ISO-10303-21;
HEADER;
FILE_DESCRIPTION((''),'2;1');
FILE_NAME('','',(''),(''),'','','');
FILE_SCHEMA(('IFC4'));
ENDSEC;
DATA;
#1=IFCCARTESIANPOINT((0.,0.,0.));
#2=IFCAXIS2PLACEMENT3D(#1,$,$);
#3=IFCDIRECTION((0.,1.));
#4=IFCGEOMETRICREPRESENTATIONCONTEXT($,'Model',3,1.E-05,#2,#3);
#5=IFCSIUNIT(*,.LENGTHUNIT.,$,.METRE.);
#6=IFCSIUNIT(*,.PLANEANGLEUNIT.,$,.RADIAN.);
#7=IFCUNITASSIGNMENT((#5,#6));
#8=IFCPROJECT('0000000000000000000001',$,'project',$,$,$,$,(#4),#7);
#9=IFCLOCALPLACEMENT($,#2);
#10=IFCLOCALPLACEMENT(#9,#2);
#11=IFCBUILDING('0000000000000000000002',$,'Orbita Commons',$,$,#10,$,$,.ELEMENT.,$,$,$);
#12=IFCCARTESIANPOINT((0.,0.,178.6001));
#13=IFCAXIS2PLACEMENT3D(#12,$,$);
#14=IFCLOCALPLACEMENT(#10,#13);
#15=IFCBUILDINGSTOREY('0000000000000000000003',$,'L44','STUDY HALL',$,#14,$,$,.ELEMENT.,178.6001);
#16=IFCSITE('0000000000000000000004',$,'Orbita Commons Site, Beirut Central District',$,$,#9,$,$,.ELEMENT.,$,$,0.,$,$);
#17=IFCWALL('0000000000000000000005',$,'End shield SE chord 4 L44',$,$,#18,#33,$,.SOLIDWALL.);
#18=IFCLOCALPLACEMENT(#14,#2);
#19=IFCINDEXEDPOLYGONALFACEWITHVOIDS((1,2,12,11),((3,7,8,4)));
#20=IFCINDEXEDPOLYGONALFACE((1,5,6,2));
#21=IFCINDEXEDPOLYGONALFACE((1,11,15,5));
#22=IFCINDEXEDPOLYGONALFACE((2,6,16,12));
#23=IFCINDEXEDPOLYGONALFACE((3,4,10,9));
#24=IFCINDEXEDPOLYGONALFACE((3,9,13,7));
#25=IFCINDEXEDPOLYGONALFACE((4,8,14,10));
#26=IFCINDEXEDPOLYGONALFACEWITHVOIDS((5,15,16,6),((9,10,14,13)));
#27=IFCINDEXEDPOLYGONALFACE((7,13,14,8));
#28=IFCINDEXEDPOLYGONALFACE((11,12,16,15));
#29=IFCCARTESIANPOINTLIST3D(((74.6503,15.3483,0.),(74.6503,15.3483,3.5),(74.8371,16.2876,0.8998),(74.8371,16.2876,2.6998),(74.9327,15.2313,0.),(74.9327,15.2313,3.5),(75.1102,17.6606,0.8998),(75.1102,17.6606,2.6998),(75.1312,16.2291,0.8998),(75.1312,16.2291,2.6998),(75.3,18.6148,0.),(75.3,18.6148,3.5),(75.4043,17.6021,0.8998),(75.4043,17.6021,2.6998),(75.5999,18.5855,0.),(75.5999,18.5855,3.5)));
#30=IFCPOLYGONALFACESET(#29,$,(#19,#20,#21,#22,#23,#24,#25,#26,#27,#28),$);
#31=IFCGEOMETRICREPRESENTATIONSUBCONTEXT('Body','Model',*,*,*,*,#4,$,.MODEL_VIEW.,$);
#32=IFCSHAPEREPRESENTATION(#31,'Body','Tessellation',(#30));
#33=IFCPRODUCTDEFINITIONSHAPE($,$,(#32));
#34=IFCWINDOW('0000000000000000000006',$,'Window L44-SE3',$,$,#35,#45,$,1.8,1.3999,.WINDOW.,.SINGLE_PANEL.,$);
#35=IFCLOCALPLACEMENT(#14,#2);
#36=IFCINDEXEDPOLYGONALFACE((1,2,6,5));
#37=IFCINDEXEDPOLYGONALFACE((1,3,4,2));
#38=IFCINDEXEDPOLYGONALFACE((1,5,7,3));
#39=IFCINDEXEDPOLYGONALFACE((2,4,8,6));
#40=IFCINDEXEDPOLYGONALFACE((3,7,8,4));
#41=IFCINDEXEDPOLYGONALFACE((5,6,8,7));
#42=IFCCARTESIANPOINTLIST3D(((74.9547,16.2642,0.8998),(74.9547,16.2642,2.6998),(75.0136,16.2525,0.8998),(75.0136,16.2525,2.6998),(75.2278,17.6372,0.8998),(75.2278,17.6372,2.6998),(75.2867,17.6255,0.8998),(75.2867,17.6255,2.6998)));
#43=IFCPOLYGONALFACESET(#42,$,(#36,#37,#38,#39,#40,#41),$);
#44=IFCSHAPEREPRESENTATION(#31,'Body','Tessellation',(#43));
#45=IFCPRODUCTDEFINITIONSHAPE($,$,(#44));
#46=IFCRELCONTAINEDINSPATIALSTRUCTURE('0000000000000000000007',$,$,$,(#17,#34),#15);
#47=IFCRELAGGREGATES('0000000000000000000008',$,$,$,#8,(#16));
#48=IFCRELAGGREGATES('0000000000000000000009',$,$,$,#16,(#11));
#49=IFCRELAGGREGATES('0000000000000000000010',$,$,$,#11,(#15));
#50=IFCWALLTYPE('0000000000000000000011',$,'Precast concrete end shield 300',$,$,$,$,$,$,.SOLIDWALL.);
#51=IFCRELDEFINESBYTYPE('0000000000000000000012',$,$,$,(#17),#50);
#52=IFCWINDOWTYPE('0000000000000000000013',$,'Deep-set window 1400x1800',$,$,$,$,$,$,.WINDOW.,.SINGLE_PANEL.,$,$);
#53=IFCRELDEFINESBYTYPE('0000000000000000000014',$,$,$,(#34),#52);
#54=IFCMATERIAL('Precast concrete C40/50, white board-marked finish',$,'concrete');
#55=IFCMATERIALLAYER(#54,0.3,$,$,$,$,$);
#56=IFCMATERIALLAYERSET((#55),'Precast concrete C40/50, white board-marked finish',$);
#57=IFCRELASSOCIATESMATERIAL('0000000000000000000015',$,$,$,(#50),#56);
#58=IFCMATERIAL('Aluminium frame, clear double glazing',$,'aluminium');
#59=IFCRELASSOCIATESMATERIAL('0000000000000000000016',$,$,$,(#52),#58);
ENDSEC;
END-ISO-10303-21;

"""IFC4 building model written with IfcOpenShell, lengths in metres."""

from ifc_helpers import new_model, si_unit, direction, frame, frame_2d, origin, place, context, subcontext, project, spatial, polyline, rectangle, outline, extrude, material, layer, layer_set, type_object, element, fill, save


model = new_model("IFC4")

# Units and contexts
model_context = context("Model", 3, precision=1e-05, world=origin(), true_north=direction((0.0, 1.0)))
body_context = subcontext(model_context, "Body", "Model", "MODEL_VIEW")
ifc_project = project(units=[si_unit("LENGTHUNIT", "METRE"), si_unit("PLANEANGLEUNIT", "RADIAN")], contexts=[model_context])

# Site, building, storey
site_placement = place(None, origin())
site = spatial("IfcSite", under=ifc_project, at=site_placement, Name="Orbita Commons Site, Beirut Central District", CompositionType="ELEMENT", RefElevation=0.0)
building_placement = place(site_placement, origin())
building = spatial("IfcBuilding", under=site, at=building_placement, Name="Orbita Commons", CompositionType="ELEMENT")
storey_placement = place(building_placement, frame((0.0, 0.0, 178.6001)))
storey = spatial("IfcBuildingStorey", under=building, at=storey_placement, Name="L44", Description="STUDY HALL", CompositionType="ELEMENT", Elevation=178.6001)

# Shared definitions
ifc_material_1 = material(Name="Precast concrete C40/50, white board-marked finish", Category="concrete")
ifc_layer_1 = layer(ifc_material_1, 0.3)
ifc_layer_set_1 = layer_set([ifc_layer_1], Name="Precast concrete C40/50, white board-marked finish")
wall_type_1 = type_object("IfcWallType", Name="Precast concrete end shield 300", PredefinedType="SOLIDWALL", material=ifc_layer_set_1)

# Wall, opening, window
ifc_material_2 = material(Name="Aluminium frame, clear double glazing", Category="aluminium")
window_type_1 = type_object("IfcWindowType", Name="Deep-set window 1400x1800", PartitioningType="SINGLE_PANEL", PredefinedType="WINDOW", material=ifc_material_2)
wall_1_placement = place(storey_placement, frame((74.7915, 15.2898, 0.0), z_axis=(0.0, 0.0, 1.0), x_axis=(0.195087, 0.980786, 0.0)))
wall_1 = element("IfcWall", 1, at=wall_1_placement, inside=storey, type_object=wall_type_1, Name="End shield SE chord 4 L44", PredefinedType="SOLIDWALL", context=body_context, shape_type="SweptSolid", body=[
    extrude(outline(polyline([(-0.0298, -0.1499), (3.3901, -0.1499), (3.3604, 0.1499), (0.0298, 0.1499), (-0.0298, -0.1499)])), origin(), (0.0, 0.0, 1.0), 3.5),
])
opening_1_placement = place(wall_1_placement, frame((0.9875, 0.0, 0.8999)))
opening_1 = element("IfcOpeningElement", 2, at=opening_1_placement, cuts=wall_1, PredefinedType="OPENING", context=body_context, shape_type="SweptSolid", body=[
    extrude(rectangle(XDim=1.3999, YDim=1.8, at=frame_2d((0.7, 0.8999))), frame((0.0, 0.1599, 0.0), z_axis=(0.0, -1.0, 0.0), x_axis=(1.0, 0.0, 0.0)), (0.0, 0.0, 1.0), 0.3201),
])
window_1_placement = place(opening_1_placement, origin())
window_1 = element("IfcWindow", 3, at=window_1_placement, inside=storey, type_object=window_type_1, Name="Window L44-SE3", OverallHeight=1.8, OverallWidth=1.3999, PartitioningType="SINGLE_PANEL", PredefinedType="WINDOW", context=body_context, shape_type="SweptSolid", body=[
    extrude(rectangle(XDim=1.3999, YDim=1.8, at=frame_2d((0.7, 0.8999))), frame((0.0, 0.03, 0.0), z_axis=(0.0, -1.0, 0.0), x_axis=(1.0, 0.0, 0.0)), (0.0, 0.0, 1.0), 0.0601),
])
fill(opening_1, window_1)

save(model, "model.ifc")
